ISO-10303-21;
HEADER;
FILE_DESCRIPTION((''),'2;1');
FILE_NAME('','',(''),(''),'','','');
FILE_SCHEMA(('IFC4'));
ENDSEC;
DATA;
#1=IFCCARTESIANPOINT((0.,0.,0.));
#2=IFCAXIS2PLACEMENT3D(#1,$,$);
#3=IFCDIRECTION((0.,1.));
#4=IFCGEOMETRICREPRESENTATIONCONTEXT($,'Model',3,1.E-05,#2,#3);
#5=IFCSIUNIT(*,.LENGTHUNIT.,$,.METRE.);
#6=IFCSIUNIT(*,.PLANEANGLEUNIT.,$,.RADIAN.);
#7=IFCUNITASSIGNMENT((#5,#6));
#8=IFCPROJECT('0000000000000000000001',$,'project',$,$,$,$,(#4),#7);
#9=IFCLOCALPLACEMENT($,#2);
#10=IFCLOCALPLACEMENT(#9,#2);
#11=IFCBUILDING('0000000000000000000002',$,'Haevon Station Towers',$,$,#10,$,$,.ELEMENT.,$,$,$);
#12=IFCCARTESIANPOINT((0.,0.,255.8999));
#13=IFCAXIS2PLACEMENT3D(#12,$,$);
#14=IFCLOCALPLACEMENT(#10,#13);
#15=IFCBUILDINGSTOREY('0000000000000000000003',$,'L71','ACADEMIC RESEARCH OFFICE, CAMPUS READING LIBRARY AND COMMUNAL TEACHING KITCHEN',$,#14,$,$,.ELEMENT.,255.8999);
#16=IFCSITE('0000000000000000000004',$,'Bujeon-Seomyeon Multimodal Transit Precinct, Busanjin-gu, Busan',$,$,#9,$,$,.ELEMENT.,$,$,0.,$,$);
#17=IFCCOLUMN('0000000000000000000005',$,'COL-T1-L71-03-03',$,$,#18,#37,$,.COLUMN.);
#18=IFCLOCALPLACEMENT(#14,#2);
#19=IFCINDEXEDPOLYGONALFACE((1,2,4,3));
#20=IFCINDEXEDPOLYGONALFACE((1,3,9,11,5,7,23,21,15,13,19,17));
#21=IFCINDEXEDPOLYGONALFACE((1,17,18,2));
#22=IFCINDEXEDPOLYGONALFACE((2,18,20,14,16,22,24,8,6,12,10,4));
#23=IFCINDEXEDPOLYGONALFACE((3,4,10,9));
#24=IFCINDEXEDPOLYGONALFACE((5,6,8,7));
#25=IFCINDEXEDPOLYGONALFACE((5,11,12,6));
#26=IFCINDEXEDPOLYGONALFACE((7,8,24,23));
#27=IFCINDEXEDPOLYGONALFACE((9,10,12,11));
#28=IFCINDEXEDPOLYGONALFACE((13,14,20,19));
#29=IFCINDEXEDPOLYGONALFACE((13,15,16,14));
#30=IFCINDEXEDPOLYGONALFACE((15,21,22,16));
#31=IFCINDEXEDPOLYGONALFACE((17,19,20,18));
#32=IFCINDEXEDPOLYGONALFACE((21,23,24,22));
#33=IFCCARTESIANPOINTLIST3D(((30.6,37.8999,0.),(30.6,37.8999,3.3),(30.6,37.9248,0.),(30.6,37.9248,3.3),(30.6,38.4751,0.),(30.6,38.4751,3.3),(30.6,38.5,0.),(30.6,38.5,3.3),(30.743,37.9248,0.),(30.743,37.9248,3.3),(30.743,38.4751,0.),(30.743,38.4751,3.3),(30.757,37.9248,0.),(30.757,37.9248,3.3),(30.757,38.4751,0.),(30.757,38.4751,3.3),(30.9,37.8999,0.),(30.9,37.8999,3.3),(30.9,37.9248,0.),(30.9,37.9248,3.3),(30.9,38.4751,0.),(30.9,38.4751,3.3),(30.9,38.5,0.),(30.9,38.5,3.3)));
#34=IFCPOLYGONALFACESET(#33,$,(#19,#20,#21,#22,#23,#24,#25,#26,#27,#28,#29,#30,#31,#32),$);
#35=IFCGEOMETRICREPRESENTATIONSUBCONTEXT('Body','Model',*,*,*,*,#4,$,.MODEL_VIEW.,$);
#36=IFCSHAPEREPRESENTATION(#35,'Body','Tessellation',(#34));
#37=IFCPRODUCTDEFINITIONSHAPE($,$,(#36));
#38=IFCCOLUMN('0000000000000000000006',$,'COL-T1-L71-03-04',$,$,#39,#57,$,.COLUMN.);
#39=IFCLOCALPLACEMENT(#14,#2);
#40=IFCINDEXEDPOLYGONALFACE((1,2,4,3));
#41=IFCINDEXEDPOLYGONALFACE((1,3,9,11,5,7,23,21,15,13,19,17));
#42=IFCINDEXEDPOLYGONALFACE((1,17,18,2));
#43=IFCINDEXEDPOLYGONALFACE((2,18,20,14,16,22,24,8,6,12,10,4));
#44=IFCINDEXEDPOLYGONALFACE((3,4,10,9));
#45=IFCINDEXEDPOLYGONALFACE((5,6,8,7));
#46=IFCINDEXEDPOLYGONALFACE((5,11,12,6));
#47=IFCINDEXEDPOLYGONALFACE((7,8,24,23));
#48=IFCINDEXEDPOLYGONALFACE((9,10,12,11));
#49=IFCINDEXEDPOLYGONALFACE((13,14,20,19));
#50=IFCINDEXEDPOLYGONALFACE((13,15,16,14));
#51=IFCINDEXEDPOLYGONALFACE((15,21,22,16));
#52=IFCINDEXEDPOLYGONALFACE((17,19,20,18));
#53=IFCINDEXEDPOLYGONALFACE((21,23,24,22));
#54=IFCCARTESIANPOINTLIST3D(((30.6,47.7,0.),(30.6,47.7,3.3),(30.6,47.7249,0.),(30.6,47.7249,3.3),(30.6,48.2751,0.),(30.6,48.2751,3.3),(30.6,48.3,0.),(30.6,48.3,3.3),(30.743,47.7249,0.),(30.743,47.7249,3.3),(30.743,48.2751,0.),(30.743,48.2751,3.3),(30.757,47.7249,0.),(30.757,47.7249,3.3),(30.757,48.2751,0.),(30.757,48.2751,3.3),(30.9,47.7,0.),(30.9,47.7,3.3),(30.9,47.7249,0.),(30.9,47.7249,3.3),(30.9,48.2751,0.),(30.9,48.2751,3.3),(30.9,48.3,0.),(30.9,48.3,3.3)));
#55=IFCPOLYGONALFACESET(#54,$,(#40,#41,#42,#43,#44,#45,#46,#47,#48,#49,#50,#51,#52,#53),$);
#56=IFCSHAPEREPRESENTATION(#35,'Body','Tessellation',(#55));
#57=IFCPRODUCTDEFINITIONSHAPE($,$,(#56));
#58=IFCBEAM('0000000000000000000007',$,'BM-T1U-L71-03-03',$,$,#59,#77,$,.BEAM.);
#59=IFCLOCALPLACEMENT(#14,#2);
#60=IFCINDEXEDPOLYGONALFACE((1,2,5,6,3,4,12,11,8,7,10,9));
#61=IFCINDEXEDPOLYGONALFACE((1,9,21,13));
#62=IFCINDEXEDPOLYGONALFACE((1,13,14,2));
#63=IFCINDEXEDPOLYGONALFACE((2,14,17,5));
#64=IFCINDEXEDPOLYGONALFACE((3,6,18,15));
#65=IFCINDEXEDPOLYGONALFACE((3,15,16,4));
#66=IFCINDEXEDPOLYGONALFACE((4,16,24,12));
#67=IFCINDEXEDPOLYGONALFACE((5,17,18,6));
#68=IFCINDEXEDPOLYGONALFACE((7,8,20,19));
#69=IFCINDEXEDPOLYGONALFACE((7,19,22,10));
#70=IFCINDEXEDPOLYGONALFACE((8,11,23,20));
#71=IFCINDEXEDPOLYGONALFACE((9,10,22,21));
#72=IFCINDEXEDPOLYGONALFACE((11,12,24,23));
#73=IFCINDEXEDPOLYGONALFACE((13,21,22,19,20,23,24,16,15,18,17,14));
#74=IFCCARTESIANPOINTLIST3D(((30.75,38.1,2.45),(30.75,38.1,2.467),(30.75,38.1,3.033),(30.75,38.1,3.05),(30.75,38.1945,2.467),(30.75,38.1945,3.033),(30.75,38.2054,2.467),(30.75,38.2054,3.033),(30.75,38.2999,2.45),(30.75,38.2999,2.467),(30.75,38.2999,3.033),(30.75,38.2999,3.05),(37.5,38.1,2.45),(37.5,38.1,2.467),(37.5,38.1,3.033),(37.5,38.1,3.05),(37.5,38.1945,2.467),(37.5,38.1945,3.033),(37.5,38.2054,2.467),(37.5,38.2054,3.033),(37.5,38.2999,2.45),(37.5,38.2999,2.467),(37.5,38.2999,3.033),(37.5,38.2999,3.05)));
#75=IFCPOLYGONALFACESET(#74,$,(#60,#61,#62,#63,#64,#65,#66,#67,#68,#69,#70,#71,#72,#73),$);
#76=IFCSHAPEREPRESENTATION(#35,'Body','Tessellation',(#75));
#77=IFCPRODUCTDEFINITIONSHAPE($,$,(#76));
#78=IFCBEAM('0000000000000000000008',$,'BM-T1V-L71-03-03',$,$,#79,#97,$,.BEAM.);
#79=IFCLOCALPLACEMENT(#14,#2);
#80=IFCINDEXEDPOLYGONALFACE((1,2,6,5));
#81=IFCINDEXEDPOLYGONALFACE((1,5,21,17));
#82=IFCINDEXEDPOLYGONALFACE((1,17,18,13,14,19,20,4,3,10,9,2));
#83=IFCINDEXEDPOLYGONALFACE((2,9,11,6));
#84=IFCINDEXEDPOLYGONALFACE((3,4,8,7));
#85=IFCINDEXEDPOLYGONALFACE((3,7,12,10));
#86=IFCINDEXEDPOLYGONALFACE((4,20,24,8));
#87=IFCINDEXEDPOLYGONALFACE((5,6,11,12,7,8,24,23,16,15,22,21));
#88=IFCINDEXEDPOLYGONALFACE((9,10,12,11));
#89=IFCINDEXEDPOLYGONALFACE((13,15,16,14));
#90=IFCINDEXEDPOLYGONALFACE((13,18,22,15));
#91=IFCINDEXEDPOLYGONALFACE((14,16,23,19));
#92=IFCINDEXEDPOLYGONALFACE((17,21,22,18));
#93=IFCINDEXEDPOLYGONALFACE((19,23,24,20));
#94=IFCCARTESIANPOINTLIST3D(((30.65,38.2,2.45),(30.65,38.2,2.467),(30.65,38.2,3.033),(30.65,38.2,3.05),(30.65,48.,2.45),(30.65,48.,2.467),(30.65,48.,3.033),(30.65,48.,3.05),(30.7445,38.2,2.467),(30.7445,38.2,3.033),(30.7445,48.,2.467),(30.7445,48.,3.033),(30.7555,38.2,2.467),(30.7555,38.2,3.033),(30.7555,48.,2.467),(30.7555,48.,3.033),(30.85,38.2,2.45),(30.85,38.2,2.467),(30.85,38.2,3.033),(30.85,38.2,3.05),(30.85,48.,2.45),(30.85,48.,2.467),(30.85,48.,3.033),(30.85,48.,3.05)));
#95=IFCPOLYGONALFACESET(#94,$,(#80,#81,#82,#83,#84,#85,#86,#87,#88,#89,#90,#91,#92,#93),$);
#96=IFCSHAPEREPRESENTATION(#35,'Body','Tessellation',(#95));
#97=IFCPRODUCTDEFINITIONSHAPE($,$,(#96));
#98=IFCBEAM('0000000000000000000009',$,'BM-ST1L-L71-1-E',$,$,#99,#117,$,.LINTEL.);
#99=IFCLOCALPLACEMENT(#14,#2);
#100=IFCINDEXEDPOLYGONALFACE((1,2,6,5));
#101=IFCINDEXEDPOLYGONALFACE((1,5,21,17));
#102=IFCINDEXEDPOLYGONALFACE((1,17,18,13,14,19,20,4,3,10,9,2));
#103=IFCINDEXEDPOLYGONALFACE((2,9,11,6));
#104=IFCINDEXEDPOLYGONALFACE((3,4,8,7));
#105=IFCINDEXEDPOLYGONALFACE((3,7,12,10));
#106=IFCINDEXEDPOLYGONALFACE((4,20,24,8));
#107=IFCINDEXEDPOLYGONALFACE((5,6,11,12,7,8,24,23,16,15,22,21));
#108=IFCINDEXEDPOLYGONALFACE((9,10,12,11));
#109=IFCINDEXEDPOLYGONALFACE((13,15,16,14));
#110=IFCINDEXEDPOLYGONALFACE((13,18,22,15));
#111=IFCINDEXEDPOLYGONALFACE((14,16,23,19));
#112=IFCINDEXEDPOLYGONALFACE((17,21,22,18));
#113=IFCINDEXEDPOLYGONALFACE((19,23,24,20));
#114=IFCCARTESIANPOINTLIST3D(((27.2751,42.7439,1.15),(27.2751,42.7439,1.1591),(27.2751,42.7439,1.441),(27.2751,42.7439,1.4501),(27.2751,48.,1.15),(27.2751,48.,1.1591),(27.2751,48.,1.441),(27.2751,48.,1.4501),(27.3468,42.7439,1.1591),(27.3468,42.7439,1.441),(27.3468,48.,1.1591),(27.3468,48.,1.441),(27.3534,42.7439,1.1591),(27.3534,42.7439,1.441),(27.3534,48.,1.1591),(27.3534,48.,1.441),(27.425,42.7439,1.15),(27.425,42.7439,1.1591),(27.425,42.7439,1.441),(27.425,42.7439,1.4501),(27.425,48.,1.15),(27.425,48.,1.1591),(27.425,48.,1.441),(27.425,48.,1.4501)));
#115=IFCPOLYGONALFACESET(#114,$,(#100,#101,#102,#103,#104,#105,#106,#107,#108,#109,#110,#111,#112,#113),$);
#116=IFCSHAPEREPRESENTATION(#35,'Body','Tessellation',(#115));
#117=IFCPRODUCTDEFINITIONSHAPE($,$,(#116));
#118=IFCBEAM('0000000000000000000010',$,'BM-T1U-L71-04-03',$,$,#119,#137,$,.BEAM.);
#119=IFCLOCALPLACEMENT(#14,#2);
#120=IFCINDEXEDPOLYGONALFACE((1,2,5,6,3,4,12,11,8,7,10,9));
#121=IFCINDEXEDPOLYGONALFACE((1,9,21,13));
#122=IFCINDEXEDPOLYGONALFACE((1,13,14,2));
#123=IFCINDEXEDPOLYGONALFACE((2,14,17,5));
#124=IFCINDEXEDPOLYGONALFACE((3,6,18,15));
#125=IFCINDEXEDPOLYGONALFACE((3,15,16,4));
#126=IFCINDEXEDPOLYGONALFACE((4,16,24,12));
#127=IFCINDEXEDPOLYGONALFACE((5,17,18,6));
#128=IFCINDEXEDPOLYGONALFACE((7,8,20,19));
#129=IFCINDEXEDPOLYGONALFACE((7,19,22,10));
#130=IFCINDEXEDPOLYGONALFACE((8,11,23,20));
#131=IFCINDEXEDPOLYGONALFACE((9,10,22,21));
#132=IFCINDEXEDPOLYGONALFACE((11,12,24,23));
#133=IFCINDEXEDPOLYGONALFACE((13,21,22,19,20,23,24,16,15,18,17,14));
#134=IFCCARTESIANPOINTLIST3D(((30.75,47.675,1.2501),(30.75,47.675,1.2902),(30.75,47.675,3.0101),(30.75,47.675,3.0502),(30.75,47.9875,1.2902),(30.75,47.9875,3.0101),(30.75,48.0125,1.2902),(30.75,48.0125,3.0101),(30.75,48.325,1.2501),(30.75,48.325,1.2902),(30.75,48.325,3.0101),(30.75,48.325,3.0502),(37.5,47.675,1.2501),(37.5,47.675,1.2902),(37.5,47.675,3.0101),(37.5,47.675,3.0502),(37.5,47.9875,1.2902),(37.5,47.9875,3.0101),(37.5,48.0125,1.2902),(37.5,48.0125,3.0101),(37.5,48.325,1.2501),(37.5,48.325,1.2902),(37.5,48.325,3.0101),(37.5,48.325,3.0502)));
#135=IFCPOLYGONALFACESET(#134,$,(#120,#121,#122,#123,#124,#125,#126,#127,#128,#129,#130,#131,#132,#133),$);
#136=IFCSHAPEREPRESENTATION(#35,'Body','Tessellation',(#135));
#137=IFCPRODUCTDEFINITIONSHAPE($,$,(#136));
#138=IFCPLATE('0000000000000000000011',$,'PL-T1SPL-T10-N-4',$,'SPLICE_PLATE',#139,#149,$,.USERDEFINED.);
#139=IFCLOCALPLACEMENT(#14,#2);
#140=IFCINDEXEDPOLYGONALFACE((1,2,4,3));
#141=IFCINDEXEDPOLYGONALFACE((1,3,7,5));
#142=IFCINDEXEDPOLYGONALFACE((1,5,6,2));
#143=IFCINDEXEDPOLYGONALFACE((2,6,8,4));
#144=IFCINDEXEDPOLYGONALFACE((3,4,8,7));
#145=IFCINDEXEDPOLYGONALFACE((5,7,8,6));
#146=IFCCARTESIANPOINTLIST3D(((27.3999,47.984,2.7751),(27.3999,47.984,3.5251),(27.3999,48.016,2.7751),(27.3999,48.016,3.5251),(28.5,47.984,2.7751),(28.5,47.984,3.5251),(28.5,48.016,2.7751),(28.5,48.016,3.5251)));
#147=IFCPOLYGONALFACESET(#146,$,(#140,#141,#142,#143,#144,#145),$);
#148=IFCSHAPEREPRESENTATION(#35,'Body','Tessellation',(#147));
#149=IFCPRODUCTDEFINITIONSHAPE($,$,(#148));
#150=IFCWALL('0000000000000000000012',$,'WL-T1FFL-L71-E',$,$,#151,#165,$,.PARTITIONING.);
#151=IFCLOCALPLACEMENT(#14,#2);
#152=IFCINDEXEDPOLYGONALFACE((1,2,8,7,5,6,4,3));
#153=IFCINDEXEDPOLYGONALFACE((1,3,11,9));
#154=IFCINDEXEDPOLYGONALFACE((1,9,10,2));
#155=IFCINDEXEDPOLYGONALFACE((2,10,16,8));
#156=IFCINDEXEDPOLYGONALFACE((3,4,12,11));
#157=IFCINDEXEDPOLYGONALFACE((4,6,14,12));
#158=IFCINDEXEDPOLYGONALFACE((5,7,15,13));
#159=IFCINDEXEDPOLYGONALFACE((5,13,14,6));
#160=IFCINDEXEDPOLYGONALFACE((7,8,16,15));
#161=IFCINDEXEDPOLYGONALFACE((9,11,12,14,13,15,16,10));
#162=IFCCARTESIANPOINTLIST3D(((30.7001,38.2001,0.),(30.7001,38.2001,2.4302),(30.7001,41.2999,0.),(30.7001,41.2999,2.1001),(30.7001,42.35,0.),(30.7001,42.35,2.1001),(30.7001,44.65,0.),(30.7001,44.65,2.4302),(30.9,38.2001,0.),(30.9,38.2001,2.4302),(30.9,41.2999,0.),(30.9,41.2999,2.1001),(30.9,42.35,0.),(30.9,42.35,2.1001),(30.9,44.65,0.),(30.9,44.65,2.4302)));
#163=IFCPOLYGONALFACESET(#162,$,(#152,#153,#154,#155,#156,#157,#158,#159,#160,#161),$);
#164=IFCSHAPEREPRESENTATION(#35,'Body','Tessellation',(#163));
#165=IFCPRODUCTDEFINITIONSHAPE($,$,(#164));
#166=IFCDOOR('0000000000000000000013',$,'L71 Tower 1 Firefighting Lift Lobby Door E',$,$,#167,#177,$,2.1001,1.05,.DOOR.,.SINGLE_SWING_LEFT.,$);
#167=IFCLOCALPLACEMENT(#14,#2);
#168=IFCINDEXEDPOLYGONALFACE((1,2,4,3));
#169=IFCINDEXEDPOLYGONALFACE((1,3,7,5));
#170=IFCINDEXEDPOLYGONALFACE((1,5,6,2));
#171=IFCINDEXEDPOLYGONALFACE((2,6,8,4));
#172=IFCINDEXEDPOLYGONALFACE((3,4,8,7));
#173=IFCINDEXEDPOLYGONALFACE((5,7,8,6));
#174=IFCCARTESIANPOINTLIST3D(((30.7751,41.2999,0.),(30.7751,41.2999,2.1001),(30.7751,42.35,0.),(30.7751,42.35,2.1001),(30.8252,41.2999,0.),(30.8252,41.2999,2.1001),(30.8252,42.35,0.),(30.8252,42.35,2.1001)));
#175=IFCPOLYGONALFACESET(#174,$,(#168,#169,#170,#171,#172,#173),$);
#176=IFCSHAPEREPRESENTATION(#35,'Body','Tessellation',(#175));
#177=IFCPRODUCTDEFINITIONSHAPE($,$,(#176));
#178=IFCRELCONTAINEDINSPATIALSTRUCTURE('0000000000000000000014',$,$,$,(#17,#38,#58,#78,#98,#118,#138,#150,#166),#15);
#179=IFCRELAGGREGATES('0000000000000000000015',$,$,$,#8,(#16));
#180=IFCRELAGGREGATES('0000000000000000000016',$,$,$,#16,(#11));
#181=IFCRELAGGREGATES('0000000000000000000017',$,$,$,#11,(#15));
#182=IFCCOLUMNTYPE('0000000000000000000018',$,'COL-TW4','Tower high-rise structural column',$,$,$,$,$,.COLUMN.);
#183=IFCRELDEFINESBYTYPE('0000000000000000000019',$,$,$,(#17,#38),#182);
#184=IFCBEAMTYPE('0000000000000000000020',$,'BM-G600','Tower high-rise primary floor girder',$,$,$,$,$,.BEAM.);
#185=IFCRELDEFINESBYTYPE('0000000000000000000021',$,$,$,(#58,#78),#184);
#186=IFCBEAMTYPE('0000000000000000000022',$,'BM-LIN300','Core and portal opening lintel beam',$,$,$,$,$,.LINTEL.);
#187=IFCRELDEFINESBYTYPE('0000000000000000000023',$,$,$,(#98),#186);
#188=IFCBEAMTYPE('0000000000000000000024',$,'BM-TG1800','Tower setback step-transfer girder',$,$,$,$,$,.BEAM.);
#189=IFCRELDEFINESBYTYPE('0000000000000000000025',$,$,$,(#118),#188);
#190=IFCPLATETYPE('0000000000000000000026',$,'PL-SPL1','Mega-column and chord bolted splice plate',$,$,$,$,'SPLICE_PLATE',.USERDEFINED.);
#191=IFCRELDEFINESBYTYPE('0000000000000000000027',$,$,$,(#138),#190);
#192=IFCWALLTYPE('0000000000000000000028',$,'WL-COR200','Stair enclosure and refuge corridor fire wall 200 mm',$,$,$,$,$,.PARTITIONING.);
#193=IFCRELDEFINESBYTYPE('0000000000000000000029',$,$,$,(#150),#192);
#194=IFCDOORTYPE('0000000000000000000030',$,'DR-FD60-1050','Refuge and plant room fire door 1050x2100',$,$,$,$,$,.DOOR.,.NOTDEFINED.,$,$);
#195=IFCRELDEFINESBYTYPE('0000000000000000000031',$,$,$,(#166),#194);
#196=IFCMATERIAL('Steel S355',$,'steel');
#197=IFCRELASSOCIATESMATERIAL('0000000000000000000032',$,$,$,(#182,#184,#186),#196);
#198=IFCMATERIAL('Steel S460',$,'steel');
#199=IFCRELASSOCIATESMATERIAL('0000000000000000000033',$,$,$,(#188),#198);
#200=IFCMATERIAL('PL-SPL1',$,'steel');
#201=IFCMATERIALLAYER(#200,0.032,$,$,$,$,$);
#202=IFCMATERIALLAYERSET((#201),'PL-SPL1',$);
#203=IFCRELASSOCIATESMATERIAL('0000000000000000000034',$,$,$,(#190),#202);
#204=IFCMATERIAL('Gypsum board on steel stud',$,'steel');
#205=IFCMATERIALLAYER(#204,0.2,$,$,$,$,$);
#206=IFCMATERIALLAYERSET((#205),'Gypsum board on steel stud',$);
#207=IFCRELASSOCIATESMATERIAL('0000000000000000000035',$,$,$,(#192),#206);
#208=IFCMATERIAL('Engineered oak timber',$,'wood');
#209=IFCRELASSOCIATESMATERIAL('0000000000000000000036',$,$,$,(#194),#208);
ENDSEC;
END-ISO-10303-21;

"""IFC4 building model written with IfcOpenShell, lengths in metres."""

from ifc_helpers import new_model, si_unit, direction, frame, frame_2d, origin, origin_2d, place, context, subcontext, project, spatial, rectangle, i_section, extrude, material, layer, layer_set, material_profile, profile_set, type_object, element, fill, save


model = new_model("IFC4")

# Units and contexts
model_context = context("Model", 3, precision=1e-05, world=origin(), true_north=direction((0.0, 1.0)))
body_context = subcontext(model_context, "Body", "Model", "MODEL_VIEW")
ifc_project = project(units=[si_unit("LENGTHUNIT", "METRE"), si_unit("PLANEANGLEUNIT", "RADIAN")], contexts=[model_context])

# Site, building, storey
site_placement = place(None, origin())
site = spatial("IfcSite", under=ifc_project, at=site_placement, Name="Bujeon-Seomyeon Multimodal Transit Precinct, Busanjin-gu, Busan", CompositionType="ELEMENT", RefElevation=0.0)
building_placement = place(site_placement, origin())
building = spatial("IfcBuilding", under=site, at=building_placement, Name="Haevon Station Towers", CompositionType="ELEMENT")
storey_placement = place(building_placement, frame((0.0, 0.0, 255.8999)))
storey = spatial("IfcBuildingStorey", under=building, at=storey_placement, Name="L71", Description="ACADEMIC RESEARCH OFFICE, CAMPUS READING LIBRARY AND COMMUNAL TEACHING KITCHEN", CompositionType="ELEMENT", Elevation=255.8999)

# Columns
ifc_material_1 = material(Name="Steel S355", Category="steel")
ifc_material_profile_1 = material_profile(ifc_material_1, i_section(OverallWidth=0.3, OverallDepth=0.6001, WebThickness=0.0139, FlangeThickness=0.0249, at=origin_2d()), Name="H-600x300x14x25")
ifc_profile_set_1 = profile_set([ifc_material_profile_1], Name="Steel S355")
column_type = type_object("IfcColumnType", Name="COL-TW4", Description="Tower high-rise structural column", PredefinedType="COLUMN", material=ifc_profile_set_1)
for number, where, z_axis, x_axis, name in (
    (1, (30.75, 38.2, 0.0), (0.0, 0.0, 1.0), (1.0, 0.0, 0.0), "COL-T1-L71-03-03"),
    (2, (30.75, 48.0, 0.0), (0.0, 0.0, 1.0), (1.0, 0.0, 0.0), "COL-T1-L71-03-04"),
):
    element("IfcColumn", number, at=place(storey_placement, frame(where, z_axis=z_axis, x_axis=x_axis)), inside=storey, type_object=column_type, Name=name, PredefinedType="COLUMN", context=body_context, shape_type="SweptSolid", body=[
        extrude(i_section(OverallWidth=0.3, OverallDepth=0.6001, WebThickness=0.0139, FlangeThickness=0.0249, at=origin_2d()), origin(), (0.0, 0.0, 1.0), 3.3),
    ])

# Beams
ifc_material_profile_2 = material_profile(ifc_material_1, i_section(OverallWidth=0.2, OverallDepth=0.6001, WebThickness=0.011, FlangeThickness=0.0171, at=origin_2d()), Name="H-600x200x11x17")
ifc_profile_set_2 = profile_set([ifc_material_profile_2], Name="Steel S355")
beam_type_1 = type_object("IfcBeamType", Name="BM-G600", Description="Tower high-rise primary floor girder", PredefinedType="BEAM", material=ifc_profile_set_2)
beam_1_placement = place(storey_placement, frame((30.75, 38.2, 2.75), z_axis=(1.0, 0.0, 0.0), x_axis=(0.0, 1.0, 0.0)))
element("IfcBeam", 3, at=beam_1_placement, inside=storey, type_object=beam_type_1, Name="BM-T1U-L71-03-03", PredefinedType="BEAM", context=body_context, shape_type="SweptSolid", body=[
    extrude(i_section(OverallWidth=0.2, OverallDepth=0.6001, WebThickness=0.011, FlangeThickness=0.0171, at=origin_2d()), origin(), (0.0, 0.0, 1.0), 6.75),
])
beam_2_placement = place(storey_placement, frame((30.75, 38.2, 2.75), z_axis=(0.0, 1.0, 0.0), x_axis=(-1.0, 0.0, 0.0)))
element("IfcBeam", 4, at=beam_2_placement, inside=storey, type_object=beam_type_1, Name="BM-T1V-L71-03-03", PredefinedType="BEAM", context=body_context, shape_type="SweptSolid", body=[
    extrude(i_section(OverallWidth=0.2, OverallDepth=0.6001, WebThickness=0.011, FlangeThickness=0.0171, at=origin_2d()), origin(), (0.0, 0.0, 1.0), 9.8),
])
ifc_material_profile_3 = material_profile(ifc_material_1, i_section(OverallWidth=0.1499, OverallDepth=0.3, WebThickness=0.0066, FlangeThickness=0.009, at=origin_2d()), Name="H-300x150x6.5x9")
ifc_profile_set_3 = profile_set([ifc_material_profile_3], Name="Steel S355")
beam_type_2 = type_object("IfcBeamType", Name="BM-LIN300", Description="Core and portal opening lintel beam", PredefinedType="LINTEL", material=ifc_profile_set_3)
beam_3_placement = place(storey_placement, frame((27.3501, 42.7439, 1.3), z_axis=(0.0, 1.0, 0.0), x_axis=(-1.0, 0.0, 0.0)))
element("IfcBeam", 5, at=beam_3_placement, inside=storey, type_object=beam_type_2, Name="BM-ST1L-L71-1-E", PredefinedType="LINTEL", context=body_context, shape_type="SweptSolid", body=[
    extrude(i_section(OverallWidth=0.1499, OverallDepth=0.3, WebThickness=0.0066, FlangeThickness=0.009, at=origin_2d()), origin(), (0.0, 0.0, 1.0), 5.2561),
])
ifc_material_2 = material(Name="Steel S460", Category="steel")
ifc_material_profile_4 = material_profile(ifc_material_2, i_section(OverallWidth=0.6499, OverallDepth=1.8, WebThickness=0.0249, FlangeThickness=0.04, at=origin_2d()), Name="H-1800x650x25x40")
ifc_profile_set_4 = profile_set([ifc_material_profile_4], Name="Steel S460")
beam_type_3 = type_object("IfcBeamType", Name="BM-TG1800", Description="Tower setback step-transfer girder", PredefinedType="BEAM", material=ifc_profile_set_4)
beam_4_placement = place(storey_placement, frame((30.75, 48.0, 2.1501), z_axis=(1.0, 0.0, 0.0), x_axis=(0.0, 1.0, 0.0)))
element("IfcBeam", 6, at=beam_4_placement, inside=storey, type_object=beam_type_3, Name="BM-T1U-L71-04-03", PredefinedType="BEAM", context=body_context, shape_type="SweptSolid", body=[
    extrude(i_section(OverallWidth=0.6499, OverallDepth=1.8, WebThickness=0.0249, FlangeThickness=0.04, at=origin_2d()), origin(), (0.0, 0.0, 1.0), 6.75),
])

# Plate
ifc_material_3 = material(Name="PL-SPL1", Category="steel")
ifc_layer_1 = layer(ifc_material_3, 0.032)
ifc_layer_set_1 = layer_set([ifc_layer_1], Name="PL-SPL1")
plate_type = type_object("IfcPlateType", Name="PL-SPL1", Description="Mega-column and chord bolted splice plate", ElementType="SPLICE_PLATE", PredefinedType="USERDEFINED", material=ifc_layer_set_1)
plate_placement = place(storey_placement, frame((27.95, 48.0, 2.7751), z_axis=(0.0, 0.0, 1.0), x_axis=(1.0, 0.0, 0.0)))
element("IfcPlate", 7, at=plate_placement, inside=storey, type_object=plate_type, Name="PL-T1SPL-T10-N-4", ObjectType="SPLICE_PLATE", PredefinedType="USERDEFINED", context=body_context, shape_type="SweptSolid", body=[
    extrude(rectangle(XDim=1.1001, YDim=0.032, at=origin_2d()), origin(), (0.0, 0.0, 1.0), 0.75),
])

# Wall, opening, door
ifc_material_4 = material(Name="Gypsum board on steel stud", Category="steel")
ifc_layer_2 = layer(ifc_material_4, 0.2)
ifc_layer_set_2 = layer_set([ifc_layer_2], Name="Gypsum board on steel stud")
wall_type_1 = type_object("IfcWallType", Name="WL-COR200", Description="Stair enclosure and refuge corridor fire wall 200 mm", PredefinedType="PARTITIONING", material=ifc_layer_set_2)
wall_1_placement = place(storey_placement, frame((30.8, 38.2, 0.0), z_axis=(0.0, 0.0, 1.0), x_axis=(0.0, 1.0, 0.0)))
wall_1 = element("IfcWall", 8, at=wall_1_placement, inside=storey, type_object=wall_type_1, Name="WL-T1FFL-L71-E", PredefinedType="PARTITIONING", context=body_context, shape_type="SweptSolid", body=[
    extrude(rectangle(XDim=6.45, YDim=0.2, at=frame_2d((3.2251, 0.0))), origin(), (0.0, 0.0, 1.0), 2.4302),
])
opening_1_placement = place(wall_1_placement, frame((3.1001, 0.0, 0.0)))
opening_1 = element("IfcOpeningElement", 9, at=opening_1_placement, cuts=wall_1, PredefinedType="OPENING", context=body_context, shape_type="SweptSolid", body=[
    extrude(rectangle(XDim=1.05, YDim=2.1001, at=frame_2d((0.5249, 1.05))), frame((0.0, 0.1099, 0.0), z_axis=(0.0, -1.0, 0.0), x_axis=(1.0, 0.0, 0.0)), (0.0, 0.0, 1.0), 0.22),
])
ifc_material_5 = material(Name="Engineered oak timber", Category="wood")
door_type_1 = type_object("IfcDoorType", Name="DR-FD60-1050", Description="Refuge and plant room fire door 1050x2100", OperationType="NOTDEFINED", PredefinedType="DOOR", material=ifc_material_5)
door_1_placement = place(opening_1_placement, origin())
door_1 = element("IfcDoor", 10, at=door_1_placement, inside=storey, type_object=door_type_1, Name="L71 Tower 1 Firefighting Lift Lobby Door E", OperationType="SINGLE_SWING_LEFT", OverallHeight=2.1001, OverallWidth=1.05, PredefinedType="DOOR", context=body_context, shape_type="SweptSolid", body=[
    extrude(rectangle(XDim=1.05, YDim=2.1001, at=frame_2d((0.5249, 1.05))), frame((0.0, 0.0249, 0.0), z_axis=(0.0, -1.0, 0.0), x_axis=(1.0, 0.0, 0.0)), (0.0, 0.0, 1.0), 0.05),
])
fill(opening_1, door_1)

save(model, "model.ifc")
